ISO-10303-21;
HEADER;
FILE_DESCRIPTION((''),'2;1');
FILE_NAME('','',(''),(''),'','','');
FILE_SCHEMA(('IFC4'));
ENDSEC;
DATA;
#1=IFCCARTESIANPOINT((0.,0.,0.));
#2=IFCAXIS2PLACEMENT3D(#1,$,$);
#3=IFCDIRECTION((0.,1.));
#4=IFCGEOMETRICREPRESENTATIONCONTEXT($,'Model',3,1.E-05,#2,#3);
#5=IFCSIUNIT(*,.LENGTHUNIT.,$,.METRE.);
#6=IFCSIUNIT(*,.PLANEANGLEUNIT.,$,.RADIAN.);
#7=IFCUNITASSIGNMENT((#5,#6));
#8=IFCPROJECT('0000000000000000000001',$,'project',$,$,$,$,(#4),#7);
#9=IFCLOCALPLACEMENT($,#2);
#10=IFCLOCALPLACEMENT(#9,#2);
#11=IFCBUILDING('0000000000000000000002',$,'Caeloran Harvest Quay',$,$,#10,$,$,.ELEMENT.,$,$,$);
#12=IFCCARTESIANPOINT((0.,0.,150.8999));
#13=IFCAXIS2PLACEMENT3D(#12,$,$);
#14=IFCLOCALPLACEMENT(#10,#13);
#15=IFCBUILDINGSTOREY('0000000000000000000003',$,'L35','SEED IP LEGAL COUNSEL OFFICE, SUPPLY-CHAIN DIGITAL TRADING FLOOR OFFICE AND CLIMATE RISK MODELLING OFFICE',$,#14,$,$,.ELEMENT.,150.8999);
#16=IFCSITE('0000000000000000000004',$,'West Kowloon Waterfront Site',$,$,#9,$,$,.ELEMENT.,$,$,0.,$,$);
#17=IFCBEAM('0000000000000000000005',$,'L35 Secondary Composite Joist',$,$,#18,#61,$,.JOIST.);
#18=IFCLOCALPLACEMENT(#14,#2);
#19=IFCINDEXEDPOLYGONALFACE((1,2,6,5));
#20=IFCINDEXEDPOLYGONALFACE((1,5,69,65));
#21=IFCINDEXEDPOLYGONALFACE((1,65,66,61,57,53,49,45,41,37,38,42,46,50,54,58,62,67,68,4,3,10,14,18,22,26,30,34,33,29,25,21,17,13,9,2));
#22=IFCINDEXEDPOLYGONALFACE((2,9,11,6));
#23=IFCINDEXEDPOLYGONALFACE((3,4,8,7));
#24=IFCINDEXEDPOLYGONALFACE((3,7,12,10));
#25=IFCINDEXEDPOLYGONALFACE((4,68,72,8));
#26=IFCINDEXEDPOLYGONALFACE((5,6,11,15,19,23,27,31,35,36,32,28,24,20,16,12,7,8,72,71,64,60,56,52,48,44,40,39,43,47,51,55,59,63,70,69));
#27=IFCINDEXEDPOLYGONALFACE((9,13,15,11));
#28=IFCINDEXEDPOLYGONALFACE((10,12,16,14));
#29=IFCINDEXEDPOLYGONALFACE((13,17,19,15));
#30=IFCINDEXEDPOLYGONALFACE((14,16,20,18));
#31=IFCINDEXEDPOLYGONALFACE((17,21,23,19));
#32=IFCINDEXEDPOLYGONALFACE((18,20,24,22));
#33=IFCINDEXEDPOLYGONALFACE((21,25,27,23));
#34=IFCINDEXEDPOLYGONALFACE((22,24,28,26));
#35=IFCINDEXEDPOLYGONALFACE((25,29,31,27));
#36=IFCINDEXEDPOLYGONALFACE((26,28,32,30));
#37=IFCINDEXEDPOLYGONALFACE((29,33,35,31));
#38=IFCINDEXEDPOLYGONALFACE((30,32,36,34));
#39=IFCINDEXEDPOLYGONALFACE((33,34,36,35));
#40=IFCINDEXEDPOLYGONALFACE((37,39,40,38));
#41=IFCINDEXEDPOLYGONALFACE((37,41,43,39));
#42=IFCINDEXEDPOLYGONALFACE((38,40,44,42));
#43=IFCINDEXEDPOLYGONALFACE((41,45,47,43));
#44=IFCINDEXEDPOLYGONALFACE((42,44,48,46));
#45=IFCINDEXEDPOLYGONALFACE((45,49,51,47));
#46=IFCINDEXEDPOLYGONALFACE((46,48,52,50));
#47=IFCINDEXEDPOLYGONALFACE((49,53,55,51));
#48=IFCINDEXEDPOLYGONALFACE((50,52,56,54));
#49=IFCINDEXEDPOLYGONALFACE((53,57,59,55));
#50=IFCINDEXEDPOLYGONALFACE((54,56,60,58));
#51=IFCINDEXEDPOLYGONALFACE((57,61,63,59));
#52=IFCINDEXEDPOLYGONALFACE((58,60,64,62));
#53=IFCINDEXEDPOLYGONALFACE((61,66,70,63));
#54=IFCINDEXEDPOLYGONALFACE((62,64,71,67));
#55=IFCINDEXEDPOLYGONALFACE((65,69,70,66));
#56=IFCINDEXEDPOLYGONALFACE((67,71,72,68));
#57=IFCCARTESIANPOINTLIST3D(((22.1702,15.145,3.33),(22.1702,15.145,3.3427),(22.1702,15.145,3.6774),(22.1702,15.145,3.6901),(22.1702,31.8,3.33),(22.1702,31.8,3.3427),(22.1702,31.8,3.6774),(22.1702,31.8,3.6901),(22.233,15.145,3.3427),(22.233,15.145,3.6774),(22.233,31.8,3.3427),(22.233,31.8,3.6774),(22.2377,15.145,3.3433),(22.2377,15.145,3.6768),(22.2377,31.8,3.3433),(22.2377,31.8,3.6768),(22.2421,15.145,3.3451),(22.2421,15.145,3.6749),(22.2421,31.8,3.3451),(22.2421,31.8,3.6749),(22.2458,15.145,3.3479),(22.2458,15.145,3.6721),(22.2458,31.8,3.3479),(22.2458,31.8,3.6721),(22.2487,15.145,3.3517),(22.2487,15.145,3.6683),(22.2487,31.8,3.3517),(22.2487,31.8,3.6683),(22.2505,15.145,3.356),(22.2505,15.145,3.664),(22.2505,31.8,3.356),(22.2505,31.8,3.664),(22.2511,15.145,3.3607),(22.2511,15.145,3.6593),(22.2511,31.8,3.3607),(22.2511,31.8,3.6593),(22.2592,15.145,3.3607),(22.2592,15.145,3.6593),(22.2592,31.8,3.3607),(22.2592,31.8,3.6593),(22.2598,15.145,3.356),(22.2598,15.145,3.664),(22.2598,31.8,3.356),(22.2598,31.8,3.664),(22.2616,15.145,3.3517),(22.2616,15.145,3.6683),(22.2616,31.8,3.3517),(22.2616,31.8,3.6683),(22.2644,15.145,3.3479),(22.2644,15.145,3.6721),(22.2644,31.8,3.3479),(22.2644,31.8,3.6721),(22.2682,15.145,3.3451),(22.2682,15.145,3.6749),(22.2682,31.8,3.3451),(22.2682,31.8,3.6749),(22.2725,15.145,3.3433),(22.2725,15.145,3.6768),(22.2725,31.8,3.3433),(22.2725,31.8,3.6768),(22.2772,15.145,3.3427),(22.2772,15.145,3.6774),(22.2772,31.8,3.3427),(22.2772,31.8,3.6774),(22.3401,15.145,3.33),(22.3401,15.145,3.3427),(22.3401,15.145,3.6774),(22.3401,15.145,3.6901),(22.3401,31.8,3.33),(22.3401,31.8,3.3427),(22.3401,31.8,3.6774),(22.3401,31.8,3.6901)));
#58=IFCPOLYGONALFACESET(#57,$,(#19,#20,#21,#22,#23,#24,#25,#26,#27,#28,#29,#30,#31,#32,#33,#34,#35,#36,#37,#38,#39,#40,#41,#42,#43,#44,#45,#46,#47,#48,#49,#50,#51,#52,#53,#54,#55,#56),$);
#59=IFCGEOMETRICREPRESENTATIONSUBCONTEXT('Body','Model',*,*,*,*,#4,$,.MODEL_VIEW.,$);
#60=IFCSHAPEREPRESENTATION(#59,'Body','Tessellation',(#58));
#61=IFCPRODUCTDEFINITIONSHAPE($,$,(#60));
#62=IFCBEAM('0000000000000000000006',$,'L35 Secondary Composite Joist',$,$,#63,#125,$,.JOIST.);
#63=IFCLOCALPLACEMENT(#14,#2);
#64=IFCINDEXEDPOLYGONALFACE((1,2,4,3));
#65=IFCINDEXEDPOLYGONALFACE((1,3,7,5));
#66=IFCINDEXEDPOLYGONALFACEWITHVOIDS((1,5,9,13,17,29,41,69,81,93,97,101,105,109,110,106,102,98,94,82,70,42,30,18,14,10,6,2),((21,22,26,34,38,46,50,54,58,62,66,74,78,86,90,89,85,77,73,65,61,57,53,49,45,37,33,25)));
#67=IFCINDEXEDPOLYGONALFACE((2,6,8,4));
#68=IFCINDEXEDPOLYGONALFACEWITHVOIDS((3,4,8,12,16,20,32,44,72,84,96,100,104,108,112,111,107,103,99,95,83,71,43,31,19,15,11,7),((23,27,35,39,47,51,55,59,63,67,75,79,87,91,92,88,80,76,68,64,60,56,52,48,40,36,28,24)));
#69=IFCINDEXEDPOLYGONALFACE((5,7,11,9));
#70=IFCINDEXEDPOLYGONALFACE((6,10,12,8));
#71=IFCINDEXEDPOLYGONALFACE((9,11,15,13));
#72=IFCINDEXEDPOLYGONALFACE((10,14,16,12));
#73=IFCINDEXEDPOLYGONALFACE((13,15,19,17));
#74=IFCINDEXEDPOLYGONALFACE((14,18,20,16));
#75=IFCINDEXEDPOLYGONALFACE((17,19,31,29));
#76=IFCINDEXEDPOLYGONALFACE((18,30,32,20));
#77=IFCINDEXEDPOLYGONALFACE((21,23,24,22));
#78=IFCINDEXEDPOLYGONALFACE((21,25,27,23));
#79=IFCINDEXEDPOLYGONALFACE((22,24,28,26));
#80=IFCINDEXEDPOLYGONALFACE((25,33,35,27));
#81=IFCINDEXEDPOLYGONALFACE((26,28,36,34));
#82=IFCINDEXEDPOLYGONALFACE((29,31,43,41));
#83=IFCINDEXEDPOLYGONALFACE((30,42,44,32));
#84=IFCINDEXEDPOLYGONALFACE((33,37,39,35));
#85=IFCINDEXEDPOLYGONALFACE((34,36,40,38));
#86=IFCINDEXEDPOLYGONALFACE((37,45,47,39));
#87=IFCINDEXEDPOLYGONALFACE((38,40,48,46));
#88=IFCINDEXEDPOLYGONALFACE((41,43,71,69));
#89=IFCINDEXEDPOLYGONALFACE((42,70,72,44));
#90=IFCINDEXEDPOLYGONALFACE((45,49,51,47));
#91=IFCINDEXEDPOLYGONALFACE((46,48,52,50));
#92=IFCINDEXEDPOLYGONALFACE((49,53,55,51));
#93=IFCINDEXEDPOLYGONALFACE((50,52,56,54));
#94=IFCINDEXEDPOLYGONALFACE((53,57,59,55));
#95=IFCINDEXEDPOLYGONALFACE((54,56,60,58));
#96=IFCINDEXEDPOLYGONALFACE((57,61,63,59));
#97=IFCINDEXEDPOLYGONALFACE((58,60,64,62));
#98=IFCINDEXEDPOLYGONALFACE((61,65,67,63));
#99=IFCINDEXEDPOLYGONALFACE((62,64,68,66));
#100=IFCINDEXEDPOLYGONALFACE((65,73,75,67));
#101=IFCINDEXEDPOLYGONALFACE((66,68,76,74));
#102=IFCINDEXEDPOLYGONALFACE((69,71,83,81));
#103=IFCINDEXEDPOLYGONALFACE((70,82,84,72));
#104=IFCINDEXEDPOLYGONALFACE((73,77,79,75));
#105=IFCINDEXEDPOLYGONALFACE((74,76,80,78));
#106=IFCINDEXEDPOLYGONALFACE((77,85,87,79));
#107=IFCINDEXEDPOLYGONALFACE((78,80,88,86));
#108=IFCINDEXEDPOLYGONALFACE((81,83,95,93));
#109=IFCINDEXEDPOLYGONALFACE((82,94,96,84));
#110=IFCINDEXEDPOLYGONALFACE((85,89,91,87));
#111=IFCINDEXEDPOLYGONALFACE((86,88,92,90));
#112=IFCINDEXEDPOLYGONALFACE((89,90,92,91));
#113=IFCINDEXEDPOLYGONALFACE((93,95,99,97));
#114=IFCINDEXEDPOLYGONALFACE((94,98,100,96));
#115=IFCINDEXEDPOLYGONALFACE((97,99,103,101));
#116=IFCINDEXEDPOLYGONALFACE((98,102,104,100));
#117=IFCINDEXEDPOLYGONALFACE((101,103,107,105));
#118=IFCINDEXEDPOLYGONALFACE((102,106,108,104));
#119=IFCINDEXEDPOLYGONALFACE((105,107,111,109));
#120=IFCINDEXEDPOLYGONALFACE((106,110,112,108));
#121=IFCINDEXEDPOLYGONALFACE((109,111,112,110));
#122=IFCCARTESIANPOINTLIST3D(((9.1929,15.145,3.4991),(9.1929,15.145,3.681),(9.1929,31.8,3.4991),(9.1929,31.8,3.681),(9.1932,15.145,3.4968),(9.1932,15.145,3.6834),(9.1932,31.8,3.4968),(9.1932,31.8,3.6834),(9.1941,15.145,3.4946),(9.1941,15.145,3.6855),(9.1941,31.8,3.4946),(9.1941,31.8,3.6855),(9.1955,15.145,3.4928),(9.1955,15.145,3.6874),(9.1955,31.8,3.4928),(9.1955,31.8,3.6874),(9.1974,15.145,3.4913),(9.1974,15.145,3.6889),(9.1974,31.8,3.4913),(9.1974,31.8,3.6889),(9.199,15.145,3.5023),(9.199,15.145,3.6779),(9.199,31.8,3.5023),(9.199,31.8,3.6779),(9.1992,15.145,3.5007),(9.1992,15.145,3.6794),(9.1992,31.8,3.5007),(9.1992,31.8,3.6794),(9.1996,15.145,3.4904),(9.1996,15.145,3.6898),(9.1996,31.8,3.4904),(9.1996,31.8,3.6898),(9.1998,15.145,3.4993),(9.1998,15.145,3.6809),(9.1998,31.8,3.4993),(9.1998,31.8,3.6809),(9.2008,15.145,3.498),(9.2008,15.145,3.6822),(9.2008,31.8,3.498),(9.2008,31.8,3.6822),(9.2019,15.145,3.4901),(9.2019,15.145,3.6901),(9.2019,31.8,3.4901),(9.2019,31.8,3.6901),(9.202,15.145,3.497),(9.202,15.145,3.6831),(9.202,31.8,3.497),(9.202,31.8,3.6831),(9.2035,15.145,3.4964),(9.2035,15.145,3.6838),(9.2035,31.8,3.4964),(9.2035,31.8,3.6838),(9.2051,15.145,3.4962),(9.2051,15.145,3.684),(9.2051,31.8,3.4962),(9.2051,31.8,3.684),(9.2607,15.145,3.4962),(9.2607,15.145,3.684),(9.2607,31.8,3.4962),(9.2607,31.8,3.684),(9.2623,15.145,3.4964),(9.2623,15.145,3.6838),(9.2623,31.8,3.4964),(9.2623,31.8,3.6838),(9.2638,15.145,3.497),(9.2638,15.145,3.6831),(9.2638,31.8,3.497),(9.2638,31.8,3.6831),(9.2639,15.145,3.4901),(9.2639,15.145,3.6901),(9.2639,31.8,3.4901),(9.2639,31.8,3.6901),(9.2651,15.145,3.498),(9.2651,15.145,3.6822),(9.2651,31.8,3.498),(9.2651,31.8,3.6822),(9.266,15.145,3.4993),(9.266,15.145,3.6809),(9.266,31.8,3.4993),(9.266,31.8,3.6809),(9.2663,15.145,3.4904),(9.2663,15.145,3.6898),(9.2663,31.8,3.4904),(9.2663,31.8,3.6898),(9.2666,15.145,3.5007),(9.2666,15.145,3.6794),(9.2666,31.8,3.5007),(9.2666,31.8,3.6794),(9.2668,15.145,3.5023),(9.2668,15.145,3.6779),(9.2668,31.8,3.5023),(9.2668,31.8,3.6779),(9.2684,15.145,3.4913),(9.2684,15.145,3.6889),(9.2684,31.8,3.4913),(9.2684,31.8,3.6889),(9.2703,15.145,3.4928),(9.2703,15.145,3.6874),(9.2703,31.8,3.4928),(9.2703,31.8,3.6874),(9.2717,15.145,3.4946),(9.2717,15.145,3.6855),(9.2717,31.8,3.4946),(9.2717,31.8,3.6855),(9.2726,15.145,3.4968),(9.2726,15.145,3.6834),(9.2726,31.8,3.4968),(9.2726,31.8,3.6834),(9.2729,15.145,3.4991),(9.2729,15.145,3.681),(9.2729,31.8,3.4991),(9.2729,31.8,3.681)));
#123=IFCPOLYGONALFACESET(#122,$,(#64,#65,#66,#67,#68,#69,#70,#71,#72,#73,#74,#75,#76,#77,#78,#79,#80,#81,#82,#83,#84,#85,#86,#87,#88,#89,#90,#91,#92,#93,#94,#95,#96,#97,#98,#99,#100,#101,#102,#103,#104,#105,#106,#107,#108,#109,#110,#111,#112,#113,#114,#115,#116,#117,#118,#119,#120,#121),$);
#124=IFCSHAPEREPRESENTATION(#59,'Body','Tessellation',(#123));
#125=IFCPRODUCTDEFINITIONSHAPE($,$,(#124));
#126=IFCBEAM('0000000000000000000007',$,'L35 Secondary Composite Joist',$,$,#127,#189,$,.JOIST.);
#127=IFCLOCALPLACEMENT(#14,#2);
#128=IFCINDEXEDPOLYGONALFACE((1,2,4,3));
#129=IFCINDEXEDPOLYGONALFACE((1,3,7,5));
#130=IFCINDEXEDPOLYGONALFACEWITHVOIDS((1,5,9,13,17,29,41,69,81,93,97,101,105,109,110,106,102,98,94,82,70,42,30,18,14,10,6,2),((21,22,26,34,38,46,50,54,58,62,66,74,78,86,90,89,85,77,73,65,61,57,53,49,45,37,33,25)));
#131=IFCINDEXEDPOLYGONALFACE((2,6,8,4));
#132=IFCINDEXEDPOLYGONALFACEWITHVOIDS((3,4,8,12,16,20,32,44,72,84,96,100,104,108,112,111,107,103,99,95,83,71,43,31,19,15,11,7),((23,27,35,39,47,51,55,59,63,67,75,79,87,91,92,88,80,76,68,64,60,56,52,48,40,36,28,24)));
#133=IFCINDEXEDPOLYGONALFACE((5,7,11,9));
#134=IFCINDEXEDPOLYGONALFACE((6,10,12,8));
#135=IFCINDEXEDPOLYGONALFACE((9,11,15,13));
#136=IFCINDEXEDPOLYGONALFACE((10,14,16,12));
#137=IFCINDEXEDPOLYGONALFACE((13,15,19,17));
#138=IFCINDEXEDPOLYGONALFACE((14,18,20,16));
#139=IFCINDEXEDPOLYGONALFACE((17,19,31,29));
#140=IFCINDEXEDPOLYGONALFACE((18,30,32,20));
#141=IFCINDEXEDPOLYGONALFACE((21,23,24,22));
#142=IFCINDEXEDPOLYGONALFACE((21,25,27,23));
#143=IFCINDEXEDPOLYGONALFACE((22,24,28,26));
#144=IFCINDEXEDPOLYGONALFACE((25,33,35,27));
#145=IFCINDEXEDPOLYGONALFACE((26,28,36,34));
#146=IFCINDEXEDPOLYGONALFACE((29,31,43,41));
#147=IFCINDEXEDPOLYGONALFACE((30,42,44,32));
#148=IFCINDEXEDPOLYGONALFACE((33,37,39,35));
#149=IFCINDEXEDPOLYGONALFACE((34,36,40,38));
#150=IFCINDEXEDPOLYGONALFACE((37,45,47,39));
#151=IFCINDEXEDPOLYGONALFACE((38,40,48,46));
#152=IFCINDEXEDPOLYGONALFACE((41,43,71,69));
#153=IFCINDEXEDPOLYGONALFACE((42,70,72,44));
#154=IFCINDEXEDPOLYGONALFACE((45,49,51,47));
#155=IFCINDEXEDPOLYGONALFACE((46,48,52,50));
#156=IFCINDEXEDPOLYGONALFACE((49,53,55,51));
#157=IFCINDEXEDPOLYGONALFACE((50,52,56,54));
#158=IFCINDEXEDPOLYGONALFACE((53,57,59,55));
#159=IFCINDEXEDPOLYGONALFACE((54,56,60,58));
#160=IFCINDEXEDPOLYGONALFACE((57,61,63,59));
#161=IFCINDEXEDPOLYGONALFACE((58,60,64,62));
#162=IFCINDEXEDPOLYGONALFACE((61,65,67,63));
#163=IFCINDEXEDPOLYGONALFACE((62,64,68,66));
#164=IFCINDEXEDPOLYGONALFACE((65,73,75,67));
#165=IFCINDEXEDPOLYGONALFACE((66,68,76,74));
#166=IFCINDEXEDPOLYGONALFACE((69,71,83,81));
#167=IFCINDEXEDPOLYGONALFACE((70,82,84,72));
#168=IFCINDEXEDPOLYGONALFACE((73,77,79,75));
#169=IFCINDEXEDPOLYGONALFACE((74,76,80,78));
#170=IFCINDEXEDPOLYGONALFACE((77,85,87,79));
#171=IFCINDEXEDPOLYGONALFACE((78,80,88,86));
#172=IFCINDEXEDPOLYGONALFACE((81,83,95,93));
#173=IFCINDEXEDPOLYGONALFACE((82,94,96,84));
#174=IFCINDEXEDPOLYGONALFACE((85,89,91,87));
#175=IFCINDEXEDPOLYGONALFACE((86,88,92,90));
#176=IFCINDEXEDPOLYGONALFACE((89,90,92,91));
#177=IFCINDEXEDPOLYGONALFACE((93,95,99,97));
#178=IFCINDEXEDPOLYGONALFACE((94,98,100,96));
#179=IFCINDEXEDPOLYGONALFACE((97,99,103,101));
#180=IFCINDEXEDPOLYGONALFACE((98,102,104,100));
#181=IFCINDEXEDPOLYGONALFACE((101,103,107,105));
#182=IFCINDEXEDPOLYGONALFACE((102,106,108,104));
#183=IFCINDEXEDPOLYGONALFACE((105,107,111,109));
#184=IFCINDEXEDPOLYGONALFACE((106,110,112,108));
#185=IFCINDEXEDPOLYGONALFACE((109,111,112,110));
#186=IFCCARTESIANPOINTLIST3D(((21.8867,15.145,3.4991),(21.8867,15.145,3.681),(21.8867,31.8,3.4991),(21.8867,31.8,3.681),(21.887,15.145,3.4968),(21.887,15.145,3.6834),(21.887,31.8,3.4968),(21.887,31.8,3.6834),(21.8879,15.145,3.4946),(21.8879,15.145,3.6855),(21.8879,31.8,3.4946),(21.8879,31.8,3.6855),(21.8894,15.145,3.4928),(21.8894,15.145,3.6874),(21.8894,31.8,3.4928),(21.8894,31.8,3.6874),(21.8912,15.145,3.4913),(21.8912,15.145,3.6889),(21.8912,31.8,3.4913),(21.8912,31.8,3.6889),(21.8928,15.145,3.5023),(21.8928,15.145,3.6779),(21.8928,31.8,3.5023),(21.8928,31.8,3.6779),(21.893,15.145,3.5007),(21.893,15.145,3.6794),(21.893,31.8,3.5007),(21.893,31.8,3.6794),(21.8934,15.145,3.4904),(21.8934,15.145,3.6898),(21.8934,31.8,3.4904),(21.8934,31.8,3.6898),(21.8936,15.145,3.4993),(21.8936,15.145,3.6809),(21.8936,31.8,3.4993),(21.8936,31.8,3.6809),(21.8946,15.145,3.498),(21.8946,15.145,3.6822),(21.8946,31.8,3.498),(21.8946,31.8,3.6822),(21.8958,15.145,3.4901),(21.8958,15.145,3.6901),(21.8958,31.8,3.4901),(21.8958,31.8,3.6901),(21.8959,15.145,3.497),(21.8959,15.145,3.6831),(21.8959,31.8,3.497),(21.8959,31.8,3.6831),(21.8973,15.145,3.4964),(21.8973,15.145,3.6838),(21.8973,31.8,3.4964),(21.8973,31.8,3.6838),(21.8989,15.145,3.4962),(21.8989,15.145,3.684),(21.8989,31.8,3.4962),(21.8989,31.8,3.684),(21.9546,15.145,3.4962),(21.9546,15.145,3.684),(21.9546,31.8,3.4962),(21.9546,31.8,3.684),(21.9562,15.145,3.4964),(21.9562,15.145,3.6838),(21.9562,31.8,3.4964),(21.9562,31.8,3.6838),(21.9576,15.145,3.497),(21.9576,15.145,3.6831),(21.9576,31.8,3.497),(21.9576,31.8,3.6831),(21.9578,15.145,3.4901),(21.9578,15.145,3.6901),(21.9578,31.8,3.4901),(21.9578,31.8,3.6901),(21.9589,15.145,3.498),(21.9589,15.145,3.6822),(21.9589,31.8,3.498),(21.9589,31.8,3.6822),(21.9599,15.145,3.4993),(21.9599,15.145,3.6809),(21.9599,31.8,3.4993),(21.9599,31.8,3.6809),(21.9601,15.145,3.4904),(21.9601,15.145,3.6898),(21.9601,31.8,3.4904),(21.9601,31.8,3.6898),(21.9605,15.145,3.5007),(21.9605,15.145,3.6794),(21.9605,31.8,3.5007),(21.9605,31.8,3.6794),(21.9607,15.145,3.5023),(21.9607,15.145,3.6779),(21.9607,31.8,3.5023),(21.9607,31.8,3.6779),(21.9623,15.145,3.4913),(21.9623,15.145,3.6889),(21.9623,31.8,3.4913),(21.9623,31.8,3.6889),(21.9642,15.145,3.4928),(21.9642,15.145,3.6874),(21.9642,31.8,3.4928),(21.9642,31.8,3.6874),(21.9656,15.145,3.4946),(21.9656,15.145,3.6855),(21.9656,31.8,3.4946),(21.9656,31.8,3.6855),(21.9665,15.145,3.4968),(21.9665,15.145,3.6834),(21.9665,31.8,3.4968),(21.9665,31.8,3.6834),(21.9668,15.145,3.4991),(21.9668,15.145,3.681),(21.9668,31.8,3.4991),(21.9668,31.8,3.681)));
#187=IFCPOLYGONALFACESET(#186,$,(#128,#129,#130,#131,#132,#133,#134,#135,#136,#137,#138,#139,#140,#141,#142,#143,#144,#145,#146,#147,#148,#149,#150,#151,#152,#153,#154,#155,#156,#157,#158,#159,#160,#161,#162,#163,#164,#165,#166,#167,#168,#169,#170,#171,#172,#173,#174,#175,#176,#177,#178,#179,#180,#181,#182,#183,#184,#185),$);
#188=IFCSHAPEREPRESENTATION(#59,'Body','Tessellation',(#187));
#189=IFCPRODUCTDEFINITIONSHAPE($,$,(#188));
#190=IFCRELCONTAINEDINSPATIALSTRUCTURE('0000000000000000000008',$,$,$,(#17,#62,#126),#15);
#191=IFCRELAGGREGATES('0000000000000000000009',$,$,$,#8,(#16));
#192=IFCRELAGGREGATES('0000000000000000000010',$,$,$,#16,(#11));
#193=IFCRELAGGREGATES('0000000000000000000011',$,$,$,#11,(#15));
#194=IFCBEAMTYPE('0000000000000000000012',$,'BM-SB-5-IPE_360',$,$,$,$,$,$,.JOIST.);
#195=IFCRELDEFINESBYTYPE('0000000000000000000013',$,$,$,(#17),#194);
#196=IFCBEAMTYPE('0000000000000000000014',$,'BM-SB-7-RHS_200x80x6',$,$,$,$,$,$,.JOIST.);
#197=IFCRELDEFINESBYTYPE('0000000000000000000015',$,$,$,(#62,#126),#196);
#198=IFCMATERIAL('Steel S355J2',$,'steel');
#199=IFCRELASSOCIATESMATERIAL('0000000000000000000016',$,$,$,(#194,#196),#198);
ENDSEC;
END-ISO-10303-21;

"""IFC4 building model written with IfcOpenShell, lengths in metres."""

from ifc_helpers import new_model, si_unit, direction, frame, origin, origin_2d, place, context, subcontext, project, spatial, hollow_rectangle, i_section, extrude, material, material_profile, profile_set, type_object, element, save


model = new_model("IFC4")

# Units and contexts
model_context = context("Model", 3, precision=1e-05, world=origin(), true_north=direction((0.0, 1.0)))
body_context = subcontext(model_context, "Body", "Model", "MODEL_VIEW")
ifc_project = project(units=[si_unit("LENGTHUNIT", "METRE"), si_unit("PLANEANGLEUNIT", "RADIAN")], contexts=[model_context])

# Site, building, storey
site_placement = place(None, origin())
site = spatial("IfcSite", under=ifc_project, at=site_placement, Name="West Kowloon Waterfront Site", CompositionType="ELEMENT", RefElevation=0.0)
building_placement = place(site_placement, origin())
building = spatial("IfcBuilding", under=site, at=building_placement, Name="Caeloran Harvest Quay", CompositionType="ELEMENT")
storey_placement = place(building_placement, frame((0.0, 0.0, 150.8999)))
storey = spatial("IfcBuildingStorey", under=building, at=storey_placement, Name="L35", Description="SEED IP LEGAL COUNSEL OFFICE, SUPPLY-CHAIN DIGITAL TRADING FLOOR OFFICE AND CLIMATE RISK MODELLING OFFICE", CompositionType="ELEMENT", Elevation=150.8999)

# Beams
ifc_material_1 = material(Name="Steel S355J2", Category="steel")
ifc_material_profile_1 = material_profile(ifc_material_1, i_section(OverallWidth=0.1699, OverallDepth=0.3601, WebThickness=0.0081, FlangeThickness=0.0127, FilletRadius=0.0181, at=origin_2d()), Name="IPE 360")
ifc_profile_set_1 = profile_set([ifc_material_profile_1], Name="Steel S355J2")
beam_type_1 = type_object("IfcBeamType", Name="BM-SB-5-IPE_360", PredefinedType="JOIST", material=ifc_profile_set_1)
for number, where, z_axis, x_axis, name in (
    (1, (22.2551, 15.145, 3.51), (0.0, 1.0, 0.0), (-1.0, 0.0, 0.0), "L35 Secondary Composite Joist"),
):
    element("IfcBeam", number, at=place(storey_placement, frame(where, z_axis=z_axis, x_axis=x_axis)), inside=storey, type_object=beam_type_1, Name=name, PredefinedType="JOIST", context=body_context, shape_type="SweptSolid", body=[
        extrude(i_section(OverallWidth=0.1699, OverallDepth=0.3601, WebThickness=0.0081, FlangeThickness=0.0127, FilletRadius=0.0181, at=origin_2d()), origin(), (0.0, 0.0, 1.0), 16.655),
    ])
ifc_material_profile_2 = material_profile(ifc_material_1, hollow_rectangle(XDim=0.0801, YDim=0.2, WallThickness=0.0061, InnerFilletRadius=0.0061, OuterFilletRadius=0.009, at=origin_2d()), Name="RHS 200x80x6")
ifc_profile_set_2 = profile_set([ifc_material_profile_2], Name="Steel S355J2")
beam_type_2 = type_object("IfcBeamType", Name="BM-SB-7-RHS_200x80x6", PredefinedType="JOIST", material=ifc_profile_set_2)
for number, where, z_axis, x_axis, name in (
    (2, (9.2329, 15.145, 3.5901), (0.0, 1.0, 0.0), (-1.0, 0.0, 0.0), "L35 Secondary Composite Joist"),
    (3, (21.9268, 15.145, 3.5901), (0.0, 1.0, 0.0), (-1.0, 0.0, 0.0), "L35 Secondary Composite Joist"),
):
    element("IfcBeam", number, at=place(storey_placement, frame(where, z_axis=z_axis, x_axis=x_axis)), inside=storey, type_object=beam_type_2, Name=name, PredefinedType="JOIST", context=body_context, shape_type="SweptSolid", body=[
        extrude(hollow_rectangle(XDim=0.0801, YDim=0.2, WallThickness=0.0061, InnerFilletRadius=0.0061, OuterFilletRadius=0.009, at=origin_2d()), origin(), (0.0, 0.0, 1.0), 16.655),
    ])

save(model, "model.ifc")
